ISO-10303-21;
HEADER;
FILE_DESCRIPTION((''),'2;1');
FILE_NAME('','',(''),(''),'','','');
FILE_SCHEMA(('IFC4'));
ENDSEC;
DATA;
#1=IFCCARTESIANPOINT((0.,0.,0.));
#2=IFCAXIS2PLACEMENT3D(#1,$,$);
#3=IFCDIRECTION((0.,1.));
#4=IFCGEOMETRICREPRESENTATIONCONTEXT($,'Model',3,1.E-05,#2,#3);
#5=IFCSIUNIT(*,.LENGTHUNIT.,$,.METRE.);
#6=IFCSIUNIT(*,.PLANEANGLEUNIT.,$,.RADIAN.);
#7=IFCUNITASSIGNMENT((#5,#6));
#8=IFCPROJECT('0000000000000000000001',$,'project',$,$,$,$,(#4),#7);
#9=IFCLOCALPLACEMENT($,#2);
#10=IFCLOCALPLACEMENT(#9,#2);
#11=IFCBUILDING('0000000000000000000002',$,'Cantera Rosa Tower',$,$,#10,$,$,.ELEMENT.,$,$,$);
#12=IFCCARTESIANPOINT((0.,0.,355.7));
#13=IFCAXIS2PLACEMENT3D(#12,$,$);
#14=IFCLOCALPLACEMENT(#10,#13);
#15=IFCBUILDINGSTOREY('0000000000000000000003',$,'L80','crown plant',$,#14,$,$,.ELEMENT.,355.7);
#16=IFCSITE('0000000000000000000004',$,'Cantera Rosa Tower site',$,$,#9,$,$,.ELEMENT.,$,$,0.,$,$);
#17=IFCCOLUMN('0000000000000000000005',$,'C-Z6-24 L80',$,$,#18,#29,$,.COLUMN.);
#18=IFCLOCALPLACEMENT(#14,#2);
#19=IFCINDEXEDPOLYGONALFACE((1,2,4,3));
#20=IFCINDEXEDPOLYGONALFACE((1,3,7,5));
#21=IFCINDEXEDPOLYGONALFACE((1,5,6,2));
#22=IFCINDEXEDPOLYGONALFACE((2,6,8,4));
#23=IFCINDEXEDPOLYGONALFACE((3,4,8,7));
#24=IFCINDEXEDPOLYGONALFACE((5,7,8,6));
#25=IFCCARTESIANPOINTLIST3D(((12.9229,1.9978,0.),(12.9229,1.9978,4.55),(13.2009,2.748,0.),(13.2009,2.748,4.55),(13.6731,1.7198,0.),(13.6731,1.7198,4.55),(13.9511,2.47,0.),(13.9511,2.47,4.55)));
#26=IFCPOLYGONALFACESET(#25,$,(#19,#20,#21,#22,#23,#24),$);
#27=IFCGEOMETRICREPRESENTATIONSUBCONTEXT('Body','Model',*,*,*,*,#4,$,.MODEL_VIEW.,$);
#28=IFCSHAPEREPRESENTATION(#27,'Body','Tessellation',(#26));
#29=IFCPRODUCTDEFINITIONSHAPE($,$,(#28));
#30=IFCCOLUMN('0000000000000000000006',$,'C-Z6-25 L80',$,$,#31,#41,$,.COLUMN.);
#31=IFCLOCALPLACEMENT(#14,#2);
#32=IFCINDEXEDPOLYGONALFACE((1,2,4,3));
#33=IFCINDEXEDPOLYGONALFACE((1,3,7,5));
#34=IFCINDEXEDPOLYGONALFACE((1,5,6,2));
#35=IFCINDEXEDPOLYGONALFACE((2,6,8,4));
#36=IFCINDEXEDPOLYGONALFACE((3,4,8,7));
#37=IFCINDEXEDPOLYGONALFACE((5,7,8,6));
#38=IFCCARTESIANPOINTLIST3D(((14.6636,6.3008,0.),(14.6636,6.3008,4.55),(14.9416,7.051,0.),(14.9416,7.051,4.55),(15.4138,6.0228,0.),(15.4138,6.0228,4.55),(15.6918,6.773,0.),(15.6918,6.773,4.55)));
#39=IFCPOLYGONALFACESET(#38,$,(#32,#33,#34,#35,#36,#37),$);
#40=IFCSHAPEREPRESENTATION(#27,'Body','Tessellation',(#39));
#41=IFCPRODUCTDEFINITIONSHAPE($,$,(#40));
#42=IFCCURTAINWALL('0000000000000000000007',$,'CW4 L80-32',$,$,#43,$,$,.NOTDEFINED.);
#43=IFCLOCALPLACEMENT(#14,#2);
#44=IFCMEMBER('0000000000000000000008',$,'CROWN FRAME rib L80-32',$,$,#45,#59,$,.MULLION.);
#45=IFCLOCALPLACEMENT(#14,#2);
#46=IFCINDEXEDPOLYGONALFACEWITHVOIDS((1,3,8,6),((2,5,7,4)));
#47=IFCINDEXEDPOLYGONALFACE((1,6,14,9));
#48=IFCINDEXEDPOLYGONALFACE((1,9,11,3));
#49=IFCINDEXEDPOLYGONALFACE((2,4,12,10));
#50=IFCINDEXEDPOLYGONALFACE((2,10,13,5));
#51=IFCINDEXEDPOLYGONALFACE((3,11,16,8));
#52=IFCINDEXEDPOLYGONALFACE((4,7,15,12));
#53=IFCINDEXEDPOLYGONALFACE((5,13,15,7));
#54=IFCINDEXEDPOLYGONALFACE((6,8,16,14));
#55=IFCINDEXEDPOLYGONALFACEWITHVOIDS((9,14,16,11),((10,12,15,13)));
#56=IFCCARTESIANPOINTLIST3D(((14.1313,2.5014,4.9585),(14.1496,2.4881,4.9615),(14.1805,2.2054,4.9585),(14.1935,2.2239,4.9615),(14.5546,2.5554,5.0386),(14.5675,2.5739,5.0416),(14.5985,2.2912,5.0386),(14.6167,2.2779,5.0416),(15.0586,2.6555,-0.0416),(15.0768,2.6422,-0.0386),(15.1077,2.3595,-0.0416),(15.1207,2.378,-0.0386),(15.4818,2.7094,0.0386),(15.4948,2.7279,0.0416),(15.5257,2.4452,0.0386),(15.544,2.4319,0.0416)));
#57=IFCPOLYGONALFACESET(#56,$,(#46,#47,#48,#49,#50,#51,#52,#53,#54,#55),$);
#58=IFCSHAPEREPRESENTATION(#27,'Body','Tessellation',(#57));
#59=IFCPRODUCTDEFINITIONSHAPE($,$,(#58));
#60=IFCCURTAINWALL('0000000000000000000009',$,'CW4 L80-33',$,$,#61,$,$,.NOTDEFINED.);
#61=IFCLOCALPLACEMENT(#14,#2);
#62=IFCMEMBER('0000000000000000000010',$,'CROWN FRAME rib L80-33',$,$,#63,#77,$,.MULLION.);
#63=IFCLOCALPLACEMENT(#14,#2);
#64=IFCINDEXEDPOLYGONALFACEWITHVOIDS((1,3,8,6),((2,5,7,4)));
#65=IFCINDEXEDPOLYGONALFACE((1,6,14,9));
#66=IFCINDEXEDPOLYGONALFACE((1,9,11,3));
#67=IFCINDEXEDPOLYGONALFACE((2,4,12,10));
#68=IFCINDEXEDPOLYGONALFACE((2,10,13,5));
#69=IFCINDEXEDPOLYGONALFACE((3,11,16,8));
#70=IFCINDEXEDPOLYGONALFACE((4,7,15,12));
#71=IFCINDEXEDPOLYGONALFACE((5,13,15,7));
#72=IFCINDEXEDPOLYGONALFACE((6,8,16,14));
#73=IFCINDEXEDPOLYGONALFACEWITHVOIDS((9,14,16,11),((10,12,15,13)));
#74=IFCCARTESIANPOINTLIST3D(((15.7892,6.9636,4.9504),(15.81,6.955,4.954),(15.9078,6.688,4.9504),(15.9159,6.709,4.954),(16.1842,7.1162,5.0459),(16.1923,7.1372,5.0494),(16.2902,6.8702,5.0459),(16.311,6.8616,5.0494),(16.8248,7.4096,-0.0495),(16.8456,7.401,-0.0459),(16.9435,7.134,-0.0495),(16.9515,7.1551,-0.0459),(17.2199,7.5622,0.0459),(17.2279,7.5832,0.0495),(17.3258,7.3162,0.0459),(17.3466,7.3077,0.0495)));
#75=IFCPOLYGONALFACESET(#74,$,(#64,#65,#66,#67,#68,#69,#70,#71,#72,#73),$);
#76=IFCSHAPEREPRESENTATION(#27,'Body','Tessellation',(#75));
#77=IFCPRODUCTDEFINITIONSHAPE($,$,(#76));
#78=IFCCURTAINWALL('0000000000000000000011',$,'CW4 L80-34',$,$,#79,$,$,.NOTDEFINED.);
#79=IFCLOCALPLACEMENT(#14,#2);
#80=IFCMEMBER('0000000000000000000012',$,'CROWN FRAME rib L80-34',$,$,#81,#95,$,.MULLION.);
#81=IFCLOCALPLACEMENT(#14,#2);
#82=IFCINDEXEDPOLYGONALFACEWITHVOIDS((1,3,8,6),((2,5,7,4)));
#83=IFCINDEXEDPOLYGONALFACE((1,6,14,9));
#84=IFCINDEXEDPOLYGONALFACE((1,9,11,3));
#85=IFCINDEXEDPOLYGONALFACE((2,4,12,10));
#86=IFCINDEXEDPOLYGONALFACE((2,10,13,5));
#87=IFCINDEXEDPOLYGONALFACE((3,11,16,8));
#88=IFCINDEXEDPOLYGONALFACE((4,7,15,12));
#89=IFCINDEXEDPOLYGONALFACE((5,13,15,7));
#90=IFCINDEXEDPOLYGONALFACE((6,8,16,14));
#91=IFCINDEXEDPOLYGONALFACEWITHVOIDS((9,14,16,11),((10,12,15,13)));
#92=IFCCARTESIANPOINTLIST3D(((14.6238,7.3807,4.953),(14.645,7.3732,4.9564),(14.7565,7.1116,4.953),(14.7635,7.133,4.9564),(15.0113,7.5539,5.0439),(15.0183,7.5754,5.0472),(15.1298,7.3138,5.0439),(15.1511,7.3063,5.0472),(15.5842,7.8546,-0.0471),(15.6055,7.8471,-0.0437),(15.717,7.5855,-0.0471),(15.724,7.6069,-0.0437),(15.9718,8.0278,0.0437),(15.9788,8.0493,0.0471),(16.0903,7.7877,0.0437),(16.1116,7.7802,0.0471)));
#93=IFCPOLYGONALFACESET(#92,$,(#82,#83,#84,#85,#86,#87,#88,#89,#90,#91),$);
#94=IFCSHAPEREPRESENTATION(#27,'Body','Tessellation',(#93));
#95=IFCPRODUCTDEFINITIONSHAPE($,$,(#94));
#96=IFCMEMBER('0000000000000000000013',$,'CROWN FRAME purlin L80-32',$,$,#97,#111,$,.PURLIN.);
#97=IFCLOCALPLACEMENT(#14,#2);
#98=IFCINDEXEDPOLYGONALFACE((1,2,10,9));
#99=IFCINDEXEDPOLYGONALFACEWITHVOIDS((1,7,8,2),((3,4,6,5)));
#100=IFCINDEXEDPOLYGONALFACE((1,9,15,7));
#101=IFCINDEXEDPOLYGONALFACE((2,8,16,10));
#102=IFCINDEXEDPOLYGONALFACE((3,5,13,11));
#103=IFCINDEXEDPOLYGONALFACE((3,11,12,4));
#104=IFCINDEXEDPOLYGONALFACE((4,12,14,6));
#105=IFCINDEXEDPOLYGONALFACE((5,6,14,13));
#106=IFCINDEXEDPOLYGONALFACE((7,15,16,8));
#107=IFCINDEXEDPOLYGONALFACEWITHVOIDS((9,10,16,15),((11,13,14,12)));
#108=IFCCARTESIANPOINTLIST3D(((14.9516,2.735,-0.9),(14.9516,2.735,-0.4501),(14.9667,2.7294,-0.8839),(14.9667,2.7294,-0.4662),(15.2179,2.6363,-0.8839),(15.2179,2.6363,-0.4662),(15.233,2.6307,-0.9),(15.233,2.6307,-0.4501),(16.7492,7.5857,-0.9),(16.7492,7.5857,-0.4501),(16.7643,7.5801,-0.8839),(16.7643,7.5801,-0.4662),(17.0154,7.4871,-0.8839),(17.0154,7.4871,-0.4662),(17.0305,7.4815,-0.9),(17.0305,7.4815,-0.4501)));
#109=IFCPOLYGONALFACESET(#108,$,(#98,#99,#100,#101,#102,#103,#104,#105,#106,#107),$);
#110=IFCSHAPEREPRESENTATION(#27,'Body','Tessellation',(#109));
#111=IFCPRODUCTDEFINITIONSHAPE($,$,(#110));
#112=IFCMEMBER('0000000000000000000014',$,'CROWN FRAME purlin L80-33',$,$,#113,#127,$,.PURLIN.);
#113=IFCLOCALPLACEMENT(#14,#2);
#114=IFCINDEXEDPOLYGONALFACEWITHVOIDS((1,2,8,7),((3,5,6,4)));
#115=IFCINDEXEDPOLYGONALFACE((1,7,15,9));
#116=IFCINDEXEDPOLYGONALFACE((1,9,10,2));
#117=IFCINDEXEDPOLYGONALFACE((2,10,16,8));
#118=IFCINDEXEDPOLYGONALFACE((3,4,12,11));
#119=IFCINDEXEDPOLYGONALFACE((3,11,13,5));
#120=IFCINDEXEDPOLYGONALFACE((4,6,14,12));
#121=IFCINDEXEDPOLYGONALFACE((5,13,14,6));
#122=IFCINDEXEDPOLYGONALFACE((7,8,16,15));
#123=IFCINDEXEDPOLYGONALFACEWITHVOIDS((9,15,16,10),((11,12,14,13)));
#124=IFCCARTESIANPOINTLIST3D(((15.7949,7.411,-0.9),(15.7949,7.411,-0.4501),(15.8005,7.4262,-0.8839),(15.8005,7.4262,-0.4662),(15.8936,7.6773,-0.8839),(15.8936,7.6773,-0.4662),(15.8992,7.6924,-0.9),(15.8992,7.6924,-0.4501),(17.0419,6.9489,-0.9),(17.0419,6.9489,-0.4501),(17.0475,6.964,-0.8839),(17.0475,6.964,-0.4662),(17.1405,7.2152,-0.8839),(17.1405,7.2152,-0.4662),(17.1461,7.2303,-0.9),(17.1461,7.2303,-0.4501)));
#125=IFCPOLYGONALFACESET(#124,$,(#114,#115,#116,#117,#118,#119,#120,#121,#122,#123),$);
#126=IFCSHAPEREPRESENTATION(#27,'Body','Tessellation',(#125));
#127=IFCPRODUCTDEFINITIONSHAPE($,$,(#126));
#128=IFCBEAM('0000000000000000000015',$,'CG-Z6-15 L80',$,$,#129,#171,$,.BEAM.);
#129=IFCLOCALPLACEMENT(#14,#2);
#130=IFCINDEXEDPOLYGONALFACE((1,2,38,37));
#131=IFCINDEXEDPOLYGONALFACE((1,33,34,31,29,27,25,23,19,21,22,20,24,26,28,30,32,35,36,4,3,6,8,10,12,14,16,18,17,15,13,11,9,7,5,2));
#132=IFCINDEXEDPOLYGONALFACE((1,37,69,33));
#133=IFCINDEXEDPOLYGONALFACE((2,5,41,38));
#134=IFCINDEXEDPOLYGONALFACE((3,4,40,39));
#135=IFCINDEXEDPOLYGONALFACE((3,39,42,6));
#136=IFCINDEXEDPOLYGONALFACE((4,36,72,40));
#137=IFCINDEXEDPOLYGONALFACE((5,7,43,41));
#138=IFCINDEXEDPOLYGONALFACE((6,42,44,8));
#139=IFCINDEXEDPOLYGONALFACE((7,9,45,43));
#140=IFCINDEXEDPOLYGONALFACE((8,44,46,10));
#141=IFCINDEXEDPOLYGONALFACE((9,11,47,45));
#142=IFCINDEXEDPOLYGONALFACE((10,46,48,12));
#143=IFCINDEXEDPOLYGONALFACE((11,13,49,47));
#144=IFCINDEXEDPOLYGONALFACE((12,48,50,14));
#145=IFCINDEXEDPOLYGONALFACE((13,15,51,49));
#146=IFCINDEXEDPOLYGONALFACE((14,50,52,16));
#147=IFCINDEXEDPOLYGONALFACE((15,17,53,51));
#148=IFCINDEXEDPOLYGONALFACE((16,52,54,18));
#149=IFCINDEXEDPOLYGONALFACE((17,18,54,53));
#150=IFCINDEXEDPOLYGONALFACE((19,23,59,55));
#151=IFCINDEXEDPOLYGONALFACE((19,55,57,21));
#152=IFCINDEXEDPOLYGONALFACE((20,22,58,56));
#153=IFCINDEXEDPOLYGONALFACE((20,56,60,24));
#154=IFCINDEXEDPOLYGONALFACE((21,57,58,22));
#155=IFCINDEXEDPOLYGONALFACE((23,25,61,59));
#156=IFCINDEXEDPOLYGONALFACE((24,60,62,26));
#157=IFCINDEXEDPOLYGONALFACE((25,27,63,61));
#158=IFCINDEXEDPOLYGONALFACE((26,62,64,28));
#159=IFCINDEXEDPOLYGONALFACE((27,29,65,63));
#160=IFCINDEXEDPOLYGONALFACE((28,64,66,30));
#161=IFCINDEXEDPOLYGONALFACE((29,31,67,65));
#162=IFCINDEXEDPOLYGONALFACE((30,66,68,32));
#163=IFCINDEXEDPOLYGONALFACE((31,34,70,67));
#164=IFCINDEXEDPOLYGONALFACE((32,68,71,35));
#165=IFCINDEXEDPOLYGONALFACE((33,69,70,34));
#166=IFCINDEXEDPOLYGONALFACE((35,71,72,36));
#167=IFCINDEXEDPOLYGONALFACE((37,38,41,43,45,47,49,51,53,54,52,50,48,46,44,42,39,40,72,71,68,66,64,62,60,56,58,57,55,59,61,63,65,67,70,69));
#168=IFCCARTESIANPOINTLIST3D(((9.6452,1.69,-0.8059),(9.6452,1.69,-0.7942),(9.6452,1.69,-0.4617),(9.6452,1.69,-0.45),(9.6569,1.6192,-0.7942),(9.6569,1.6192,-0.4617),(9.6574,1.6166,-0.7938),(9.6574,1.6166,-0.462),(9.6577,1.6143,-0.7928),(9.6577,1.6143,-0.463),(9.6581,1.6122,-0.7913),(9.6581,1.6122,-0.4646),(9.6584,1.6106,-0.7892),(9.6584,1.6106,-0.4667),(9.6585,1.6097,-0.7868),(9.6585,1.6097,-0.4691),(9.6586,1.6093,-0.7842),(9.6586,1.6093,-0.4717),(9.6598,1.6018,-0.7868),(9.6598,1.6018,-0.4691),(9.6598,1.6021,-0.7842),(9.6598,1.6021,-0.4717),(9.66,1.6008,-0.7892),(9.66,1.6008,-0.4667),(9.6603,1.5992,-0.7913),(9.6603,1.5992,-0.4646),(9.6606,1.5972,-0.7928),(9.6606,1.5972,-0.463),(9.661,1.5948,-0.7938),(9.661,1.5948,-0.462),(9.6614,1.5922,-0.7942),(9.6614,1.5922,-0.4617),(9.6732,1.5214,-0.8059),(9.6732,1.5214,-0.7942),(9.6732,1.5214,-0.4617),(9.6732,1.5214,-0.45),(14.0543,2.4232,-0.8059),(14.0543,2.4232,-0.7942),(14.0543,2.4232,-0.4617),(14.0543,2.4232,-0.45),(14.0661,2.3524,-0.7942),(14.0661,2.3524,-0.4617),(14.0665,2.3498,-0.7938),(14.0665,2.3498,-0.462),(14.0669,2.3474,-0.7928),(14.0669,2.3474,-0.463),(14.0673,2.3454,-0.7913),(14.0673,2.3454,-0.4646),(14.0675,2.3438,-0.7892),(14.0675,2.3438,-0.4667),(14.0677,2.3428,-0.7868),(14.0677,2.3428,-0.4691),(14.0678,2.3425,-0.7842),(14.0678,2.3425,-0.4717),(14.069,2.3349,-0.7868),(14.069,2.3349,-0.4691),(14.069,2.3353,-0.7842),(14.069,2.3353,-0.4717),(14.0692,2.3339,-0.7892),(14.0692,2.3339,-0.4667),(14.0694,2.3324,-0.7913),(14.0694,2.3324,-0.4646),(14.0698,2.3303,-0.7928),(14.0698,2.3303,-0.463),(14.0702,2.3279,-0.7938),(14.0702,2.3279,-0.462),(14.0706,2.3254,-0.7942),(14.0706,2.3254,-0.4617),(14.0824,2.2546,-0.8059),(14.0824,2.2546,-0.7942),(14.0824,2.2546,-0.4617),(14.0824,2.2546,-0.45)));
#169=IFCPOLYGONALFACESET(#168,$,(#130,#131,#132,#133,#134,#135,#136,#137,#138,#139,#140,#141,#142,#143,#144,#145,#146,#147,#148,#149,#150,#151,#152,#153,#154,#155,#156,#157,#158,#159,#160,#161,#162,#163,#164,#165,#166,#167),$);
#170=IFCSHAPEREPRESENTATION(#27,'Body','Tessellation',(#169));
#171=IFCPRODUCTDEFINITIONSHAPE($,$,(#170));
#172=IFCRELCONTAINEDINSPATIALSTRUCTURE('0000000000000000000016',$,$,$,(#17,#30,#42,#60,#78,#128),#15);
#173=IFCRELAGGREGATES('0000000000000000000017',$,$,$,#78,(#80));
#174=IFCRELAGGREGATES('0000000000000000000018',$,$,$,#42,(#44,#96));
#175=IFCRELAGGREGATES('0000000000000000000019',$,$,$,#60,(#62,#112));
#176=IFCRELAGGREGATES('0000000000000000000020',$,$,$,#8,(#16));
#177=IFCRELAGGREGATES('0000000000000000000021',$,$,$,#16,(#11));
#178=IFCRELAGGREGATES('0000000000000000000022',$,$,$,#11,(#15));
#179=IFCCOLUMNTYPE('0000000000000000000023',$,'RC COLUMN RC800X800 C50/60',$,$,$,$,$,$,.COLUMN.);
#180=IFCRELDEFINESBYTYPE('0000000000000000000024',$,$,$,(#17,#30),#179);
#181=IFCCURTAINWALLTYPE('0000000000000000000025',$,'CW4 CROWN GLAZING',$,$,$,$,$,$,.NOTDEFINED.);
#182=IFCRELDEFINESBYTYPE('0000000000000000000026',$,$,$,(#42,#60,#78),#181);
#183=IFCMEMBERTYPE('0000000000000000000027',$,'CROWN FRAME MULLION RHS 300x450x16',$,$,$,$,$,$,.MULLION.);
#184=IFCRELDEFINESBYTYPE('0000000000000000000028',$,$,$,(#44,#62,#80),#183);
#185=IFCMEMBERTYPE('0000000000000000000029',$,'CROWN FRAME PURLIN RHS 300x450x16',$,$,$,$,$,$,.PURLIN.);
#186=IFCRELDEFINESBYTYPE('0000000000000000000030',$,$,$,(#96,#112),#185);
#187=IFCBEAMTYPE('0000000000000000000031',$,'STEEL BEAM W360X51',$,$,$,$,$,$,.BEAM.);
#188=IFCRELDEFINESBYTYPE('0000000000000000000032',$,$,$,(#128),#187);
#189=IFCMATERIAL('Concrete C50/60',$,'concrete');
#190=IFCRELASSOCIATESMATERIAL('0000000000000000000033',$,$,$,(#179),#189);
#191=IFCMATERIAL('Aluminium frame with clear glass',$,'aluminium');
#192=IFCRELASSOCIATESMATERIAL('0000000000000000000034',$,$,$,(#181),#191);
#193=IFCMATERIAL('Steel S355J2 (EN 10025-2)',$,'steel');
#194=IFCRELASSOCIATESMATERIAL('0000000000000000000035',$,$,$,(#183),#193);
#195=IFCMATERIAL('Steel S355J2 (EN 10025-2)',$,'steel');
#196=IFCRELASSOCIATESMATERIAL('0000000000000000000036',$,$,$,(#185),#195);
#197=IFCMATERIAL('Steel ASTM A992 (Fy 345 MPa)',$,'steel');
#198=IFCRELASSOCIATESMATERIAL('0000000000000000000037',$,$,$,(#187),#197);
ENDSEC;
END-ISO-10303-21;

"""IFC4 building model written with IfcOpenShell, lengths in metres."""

from ifc_helpers import new_model, si_unit, direction, frame, origin, origin_2d, place, context, subcontext, project, spatial, rectangle, hollow_rectangle, i_section, extrude, material, material_profile, profile_set, type_object, element, aggregate, save


model = new_model("IFC4")

# Units and contexts
model_context = context("Model", 3, precision=1e-05, world=origin(), true_north=direction((0.0, 1.0)))
body_context = subcontext(model_context, "Body", "Model", "MODEL_VIEW")
ifc_project = project(units=[si_unit("LENGTHUNIT", "METRE"), si_unit("PLANEANGLEUNIT", "RADIAN")], contexts=[model_context])

# Site, building, storey
site_placement = place(None, origin())
site = spatial("IfcSite", under=ifc_project, at=site_placement, Name="Cantera Rosa Tower site", CompositionType="ELEMENT", RefElevation=0.0)
building_placement = place(site_placement, origin())
building = spatial("IfcBuilding", under=site, at=building_placement, Name="Cantera Rosa Tower", CompositionType="ELEMENT")
storey_placement = place(building_placement, frame((0.0, 0.0, 355.7)))
storey = spatial("IfcBuildingStorey", under=building, at=storey_placement, Name="L80", Description="crown plant", CompositionType="ELEMENT", Elevation=355.7)

# Columns
ifc_material_1 = material(Name="Concrete C50/60", Category="concrete")
ifc_material_profile_1 = material_profile(ifc_material_1, rectangle(XDim=0.8, YDim=0.8, at=origin_2d()), Name="RC COLUMN RC800X800 C50/60")
ifc_profile_set_1 = profile_set([ifc_material_profile_1], Name="Concrete C50/60")
column_type = type_object("IfcColumnType", Name="RC COLUMN RC800X800 C50/60", PredefinedType="COLUMN", material=ifc_profile_set_1)
for number, where, z_axis, x_axis, name in (
    (1, (13.437, 2.2339, 0.0), (0.0, 0.0, 1.0), (0.347481, 0.937687, 0.0), "C-Z6-24 L80"),
    (2, (15.1777, 6.5369, 0.0), (0.0, 0.0, 1.0), (0.347481, 0.937687, 0.0), "C-Z6-25 L80"),
):
    element("IfcColumn", number, at=place(storey_placement, frame(where, z_axis=z_axis, x_axis=x_axis)), inside=storey, type_object=column_type, Name=name, PredefinedType="COLUMN", context=body_context, shape_type="SweptSolid", body=[
        extrude(rectangle(XDim=0.8, YDim=0.8, at=origin_2d()), origin(), (0.0, 0.0, 1.0), 4.55),
    ])

# Curtain walls, members
ifc_material_2 = material(Name="Aluminium frame with clear glass", Category="aluminium")
curtain_wall_type = type_object("IfcCurtainWallType", Name="CW4 CROWN GLAZING", PredefinedType="NOTDEFINED", material=ifc_material_2)
curtain_wall_1_placement = place(storey_placement, origin())
curtain_wall_1 = element("IfcCurtainWall", 3, at=curtain_wall_1_placement, inside=storey, type_object=curtain_wall_type, Name="CW4 L80-32", PredefinedType="NOTDEFINED")
ifc_material_3 = material(Name="Steel S355J2 (EN 10025-2)", Category="steel")
ifc_material_profile_2 = material_profile(ifc_material_3, hollow_rectangle(XDim=0.3, YDim=0.45, WallThickness=0.0161, at=origin_2d()), Name="CROWN FRAME MULLION RHS 300x450x16")
ifc_profile_set_2 = profile_set([ifc_material_profile_2], Name="Steel S355J2 (EN 10025-2)")
member_type_1 = type_object("IfcMemberType", Name="CROWN FRAME MULLION RHS 300x450x16", PredefinedType="MULLION", material=ifc_profile_set_2)
member_1_placement = place(storey_placement, frame((15.3013, 2.5437, 0.0), z_axis=(-0.182257, -0.03028, 0.982785), x_axis=(0.163894, -0.986478, 0.0)))
member_1 = element("IfcMember", 4, at=member_1_placement, type_object=member_type_1, Name="CROWN FRAME rib L80-32", PredefinedType="MULLION", context=body_context, shape_type="SweptSolid", body=[
    extrude(hollow_rectangle(XDim=0.3, YDim=0.45, WallThickness=0.0161, at=origin_2d()), origin(), (0.0, 0.0, 1.0), 5.0876),
])
curtain_wall_2_placement = place(storey_placement, origin())
curtain_wall_2 = element("IfcCurtainWall", 5, at=curtain_wall_2_placement, inside=storey, type_object=curtain_wall_type, Name="CW4 L80-33", PredefinedType="NOTDEFINED")
member_2_placement = place(storey_placement, frame((17.0857, 7.3586, 0.0), z_axis=(-0.202054, -0.087023, 0.9755), x_axis=(0.395565, -0.918438, 0.0)))
member_2 = element("IfcMember", 6, at=member_2_placement, type_object=member_type_1, Name="CROWN FRAME rib L80-33", PredefinedType="MULLION", context=body_context, shape_type="SweptSolid", body=[
    extrude(hollow_rectangle(XDim=0.3, YDim=0.45, WallThickness=0.0161, at=origin_2d()), origin(), (0.0, 0.0, 1.0), 5.1255),
])
curtain_wall_3_placement = place(storey_placement, origin())
curtain_wall_3 = element("IfcCurtainWall", 7, at=curtain_wall_3_placement, inside=storey, type_object=curtain_wall_type, Name="CW4 L80-34", PredefinedType="NOTDEFINED")
member_3_placement = place(storey_placement, frame((15.8479, 7.8174, 0.0), z_axis=(-0.187829, -0.092673, 0.97782), x_axis=(0.442466, -0.896785, 0.0)))
member_3 = element("IfcMember", 8, at=member_3_placement, type_object=member_type_1, Name="CROWN FRAME rib L80-34", PredefinedType="MULLION", context=body_context, shape_type="SweptSolid", body=[
    extrude(hollow_rectangle(XDim=0.3, YDim=0.45, WallThickness=0.0161, at=origin_2d()), origin(), (0.0, 0.0, 1.0), 5.1135),
])

# Members
ifc_material_4 = material(Name="Steel S355J2 (EN 10025-2)", Category="steel")
ifc_material_profile_3 = material_profile(ifc_material_4, hollow_rectangle(XDim=0.3, YDim=0.45, WallThickness=0.0161, at=origin_2d()), Name="CROWN FRAME PURLIN RHS 300x450x16")
ifc_profile_set_3 = profile_set([ifc_material_profile_3], Name="Steel S355J2 (EN 10025-2)")
member_type_2 = type_object("IfcMemberType", Name="CROWN FRAME PURLIN RHS 300x450x16", PredefinedType="PURLIN", material=ifc_profile_set_3)
member_4_placement = place(storey_placement, frame((15.0923, 2.6829, -0.675), z_axis=(0.347485, 0.937686, 0.0), x_axis=(-0.937686, 0.347485, 0.0)))
member_4 = element("IfcMember", 9, at=member_4_placement, type_object=member_type_2, Name="CROWN FRAME purlin L80-32", PredefinedType="PURLIN", context=body_context, shape_type="SweptSolid", body=[
    extrude(hollow_rectangle(XDim=0.3, YDim=0.45, WallThickness=0.0161, at=origin_2d()), origin(), (0.0, 0.0, 1.0), 5.1731),
])
member_5_placement = place(storey_placement, frame((17.094, 7.0896, -0.675), z_axis=(-0.93768, 0.3475, 0.0), x_axis=(-0.3475, -0.93768, 0.0)))
member_5 = element("IfcMember", 10, at=member_5_placement, type_object=member_type_2, Name="CROWN FRAME purlin L80-33", PredefinedType="PURLIN", context=body_context, shape_type="SweptSolid", body=[
    extrude(hollow_rectangle(XDim=0.3, YDim=0.45, WallThickness=0.0161, at=origin_2d()), origin(), (0.0, 0.0, 1.0), 1.3298),
])

# Beam
ifc_material_5 = material(Name="Steel ASTM A992 (Fy 345 MPa)", Category="steel")
ifc_material_profile_4 = material_profile(ifc_material_5, i_section(OverallWidth=0.1709, OverallDepth=0.356, WebThickness=0.0073, FlangeThickness=0.0117, FilletRadius=0.01, at=origin_2d()), Name="W360X51")
ifc_profile_set_4 = profile_set([ifc_material_profile_4], Name="Steel ASTM A992 (Fy 345 MPa)")
beam_type_1 = type_object("IfcBeamType", Name="STEEL BEAM W360X51", PredefinedType="BEAM", material=ifc_profile_set_4)
beam_1_placement = place(storey_placement, frame((14.0684, 2.3389, -0.6279), z_axis=(-0.986456, -0.164027, 0.0), x_axis=(0.164027, -0.986456, 0.0)))
element("IfcBeam", 11, at=beam_1_placement, inside=storey, type_object=beam_type_1, Name="CG-Z6-15 L80", PredefinedType="BEAM", context=body_context, shape_type="SweptSolid", body=[
    extrude(i_section(OverallWidth=0.1709, OverallDepth=0.356, WebThickness=0.0073, FlangeThickness=0.0117, FilletRadius=0.01, at=origin_2d()), origin(), (0.0, 0.0, 1.0), 4.4697),
])

aggregate(curtain_wall_3, [member_3])

aggregate(curtain_wall_1, [member_1, member_4])
aggregate(curtain_wall_2, [member_2, member_5])

save(model, "model.ifc")
